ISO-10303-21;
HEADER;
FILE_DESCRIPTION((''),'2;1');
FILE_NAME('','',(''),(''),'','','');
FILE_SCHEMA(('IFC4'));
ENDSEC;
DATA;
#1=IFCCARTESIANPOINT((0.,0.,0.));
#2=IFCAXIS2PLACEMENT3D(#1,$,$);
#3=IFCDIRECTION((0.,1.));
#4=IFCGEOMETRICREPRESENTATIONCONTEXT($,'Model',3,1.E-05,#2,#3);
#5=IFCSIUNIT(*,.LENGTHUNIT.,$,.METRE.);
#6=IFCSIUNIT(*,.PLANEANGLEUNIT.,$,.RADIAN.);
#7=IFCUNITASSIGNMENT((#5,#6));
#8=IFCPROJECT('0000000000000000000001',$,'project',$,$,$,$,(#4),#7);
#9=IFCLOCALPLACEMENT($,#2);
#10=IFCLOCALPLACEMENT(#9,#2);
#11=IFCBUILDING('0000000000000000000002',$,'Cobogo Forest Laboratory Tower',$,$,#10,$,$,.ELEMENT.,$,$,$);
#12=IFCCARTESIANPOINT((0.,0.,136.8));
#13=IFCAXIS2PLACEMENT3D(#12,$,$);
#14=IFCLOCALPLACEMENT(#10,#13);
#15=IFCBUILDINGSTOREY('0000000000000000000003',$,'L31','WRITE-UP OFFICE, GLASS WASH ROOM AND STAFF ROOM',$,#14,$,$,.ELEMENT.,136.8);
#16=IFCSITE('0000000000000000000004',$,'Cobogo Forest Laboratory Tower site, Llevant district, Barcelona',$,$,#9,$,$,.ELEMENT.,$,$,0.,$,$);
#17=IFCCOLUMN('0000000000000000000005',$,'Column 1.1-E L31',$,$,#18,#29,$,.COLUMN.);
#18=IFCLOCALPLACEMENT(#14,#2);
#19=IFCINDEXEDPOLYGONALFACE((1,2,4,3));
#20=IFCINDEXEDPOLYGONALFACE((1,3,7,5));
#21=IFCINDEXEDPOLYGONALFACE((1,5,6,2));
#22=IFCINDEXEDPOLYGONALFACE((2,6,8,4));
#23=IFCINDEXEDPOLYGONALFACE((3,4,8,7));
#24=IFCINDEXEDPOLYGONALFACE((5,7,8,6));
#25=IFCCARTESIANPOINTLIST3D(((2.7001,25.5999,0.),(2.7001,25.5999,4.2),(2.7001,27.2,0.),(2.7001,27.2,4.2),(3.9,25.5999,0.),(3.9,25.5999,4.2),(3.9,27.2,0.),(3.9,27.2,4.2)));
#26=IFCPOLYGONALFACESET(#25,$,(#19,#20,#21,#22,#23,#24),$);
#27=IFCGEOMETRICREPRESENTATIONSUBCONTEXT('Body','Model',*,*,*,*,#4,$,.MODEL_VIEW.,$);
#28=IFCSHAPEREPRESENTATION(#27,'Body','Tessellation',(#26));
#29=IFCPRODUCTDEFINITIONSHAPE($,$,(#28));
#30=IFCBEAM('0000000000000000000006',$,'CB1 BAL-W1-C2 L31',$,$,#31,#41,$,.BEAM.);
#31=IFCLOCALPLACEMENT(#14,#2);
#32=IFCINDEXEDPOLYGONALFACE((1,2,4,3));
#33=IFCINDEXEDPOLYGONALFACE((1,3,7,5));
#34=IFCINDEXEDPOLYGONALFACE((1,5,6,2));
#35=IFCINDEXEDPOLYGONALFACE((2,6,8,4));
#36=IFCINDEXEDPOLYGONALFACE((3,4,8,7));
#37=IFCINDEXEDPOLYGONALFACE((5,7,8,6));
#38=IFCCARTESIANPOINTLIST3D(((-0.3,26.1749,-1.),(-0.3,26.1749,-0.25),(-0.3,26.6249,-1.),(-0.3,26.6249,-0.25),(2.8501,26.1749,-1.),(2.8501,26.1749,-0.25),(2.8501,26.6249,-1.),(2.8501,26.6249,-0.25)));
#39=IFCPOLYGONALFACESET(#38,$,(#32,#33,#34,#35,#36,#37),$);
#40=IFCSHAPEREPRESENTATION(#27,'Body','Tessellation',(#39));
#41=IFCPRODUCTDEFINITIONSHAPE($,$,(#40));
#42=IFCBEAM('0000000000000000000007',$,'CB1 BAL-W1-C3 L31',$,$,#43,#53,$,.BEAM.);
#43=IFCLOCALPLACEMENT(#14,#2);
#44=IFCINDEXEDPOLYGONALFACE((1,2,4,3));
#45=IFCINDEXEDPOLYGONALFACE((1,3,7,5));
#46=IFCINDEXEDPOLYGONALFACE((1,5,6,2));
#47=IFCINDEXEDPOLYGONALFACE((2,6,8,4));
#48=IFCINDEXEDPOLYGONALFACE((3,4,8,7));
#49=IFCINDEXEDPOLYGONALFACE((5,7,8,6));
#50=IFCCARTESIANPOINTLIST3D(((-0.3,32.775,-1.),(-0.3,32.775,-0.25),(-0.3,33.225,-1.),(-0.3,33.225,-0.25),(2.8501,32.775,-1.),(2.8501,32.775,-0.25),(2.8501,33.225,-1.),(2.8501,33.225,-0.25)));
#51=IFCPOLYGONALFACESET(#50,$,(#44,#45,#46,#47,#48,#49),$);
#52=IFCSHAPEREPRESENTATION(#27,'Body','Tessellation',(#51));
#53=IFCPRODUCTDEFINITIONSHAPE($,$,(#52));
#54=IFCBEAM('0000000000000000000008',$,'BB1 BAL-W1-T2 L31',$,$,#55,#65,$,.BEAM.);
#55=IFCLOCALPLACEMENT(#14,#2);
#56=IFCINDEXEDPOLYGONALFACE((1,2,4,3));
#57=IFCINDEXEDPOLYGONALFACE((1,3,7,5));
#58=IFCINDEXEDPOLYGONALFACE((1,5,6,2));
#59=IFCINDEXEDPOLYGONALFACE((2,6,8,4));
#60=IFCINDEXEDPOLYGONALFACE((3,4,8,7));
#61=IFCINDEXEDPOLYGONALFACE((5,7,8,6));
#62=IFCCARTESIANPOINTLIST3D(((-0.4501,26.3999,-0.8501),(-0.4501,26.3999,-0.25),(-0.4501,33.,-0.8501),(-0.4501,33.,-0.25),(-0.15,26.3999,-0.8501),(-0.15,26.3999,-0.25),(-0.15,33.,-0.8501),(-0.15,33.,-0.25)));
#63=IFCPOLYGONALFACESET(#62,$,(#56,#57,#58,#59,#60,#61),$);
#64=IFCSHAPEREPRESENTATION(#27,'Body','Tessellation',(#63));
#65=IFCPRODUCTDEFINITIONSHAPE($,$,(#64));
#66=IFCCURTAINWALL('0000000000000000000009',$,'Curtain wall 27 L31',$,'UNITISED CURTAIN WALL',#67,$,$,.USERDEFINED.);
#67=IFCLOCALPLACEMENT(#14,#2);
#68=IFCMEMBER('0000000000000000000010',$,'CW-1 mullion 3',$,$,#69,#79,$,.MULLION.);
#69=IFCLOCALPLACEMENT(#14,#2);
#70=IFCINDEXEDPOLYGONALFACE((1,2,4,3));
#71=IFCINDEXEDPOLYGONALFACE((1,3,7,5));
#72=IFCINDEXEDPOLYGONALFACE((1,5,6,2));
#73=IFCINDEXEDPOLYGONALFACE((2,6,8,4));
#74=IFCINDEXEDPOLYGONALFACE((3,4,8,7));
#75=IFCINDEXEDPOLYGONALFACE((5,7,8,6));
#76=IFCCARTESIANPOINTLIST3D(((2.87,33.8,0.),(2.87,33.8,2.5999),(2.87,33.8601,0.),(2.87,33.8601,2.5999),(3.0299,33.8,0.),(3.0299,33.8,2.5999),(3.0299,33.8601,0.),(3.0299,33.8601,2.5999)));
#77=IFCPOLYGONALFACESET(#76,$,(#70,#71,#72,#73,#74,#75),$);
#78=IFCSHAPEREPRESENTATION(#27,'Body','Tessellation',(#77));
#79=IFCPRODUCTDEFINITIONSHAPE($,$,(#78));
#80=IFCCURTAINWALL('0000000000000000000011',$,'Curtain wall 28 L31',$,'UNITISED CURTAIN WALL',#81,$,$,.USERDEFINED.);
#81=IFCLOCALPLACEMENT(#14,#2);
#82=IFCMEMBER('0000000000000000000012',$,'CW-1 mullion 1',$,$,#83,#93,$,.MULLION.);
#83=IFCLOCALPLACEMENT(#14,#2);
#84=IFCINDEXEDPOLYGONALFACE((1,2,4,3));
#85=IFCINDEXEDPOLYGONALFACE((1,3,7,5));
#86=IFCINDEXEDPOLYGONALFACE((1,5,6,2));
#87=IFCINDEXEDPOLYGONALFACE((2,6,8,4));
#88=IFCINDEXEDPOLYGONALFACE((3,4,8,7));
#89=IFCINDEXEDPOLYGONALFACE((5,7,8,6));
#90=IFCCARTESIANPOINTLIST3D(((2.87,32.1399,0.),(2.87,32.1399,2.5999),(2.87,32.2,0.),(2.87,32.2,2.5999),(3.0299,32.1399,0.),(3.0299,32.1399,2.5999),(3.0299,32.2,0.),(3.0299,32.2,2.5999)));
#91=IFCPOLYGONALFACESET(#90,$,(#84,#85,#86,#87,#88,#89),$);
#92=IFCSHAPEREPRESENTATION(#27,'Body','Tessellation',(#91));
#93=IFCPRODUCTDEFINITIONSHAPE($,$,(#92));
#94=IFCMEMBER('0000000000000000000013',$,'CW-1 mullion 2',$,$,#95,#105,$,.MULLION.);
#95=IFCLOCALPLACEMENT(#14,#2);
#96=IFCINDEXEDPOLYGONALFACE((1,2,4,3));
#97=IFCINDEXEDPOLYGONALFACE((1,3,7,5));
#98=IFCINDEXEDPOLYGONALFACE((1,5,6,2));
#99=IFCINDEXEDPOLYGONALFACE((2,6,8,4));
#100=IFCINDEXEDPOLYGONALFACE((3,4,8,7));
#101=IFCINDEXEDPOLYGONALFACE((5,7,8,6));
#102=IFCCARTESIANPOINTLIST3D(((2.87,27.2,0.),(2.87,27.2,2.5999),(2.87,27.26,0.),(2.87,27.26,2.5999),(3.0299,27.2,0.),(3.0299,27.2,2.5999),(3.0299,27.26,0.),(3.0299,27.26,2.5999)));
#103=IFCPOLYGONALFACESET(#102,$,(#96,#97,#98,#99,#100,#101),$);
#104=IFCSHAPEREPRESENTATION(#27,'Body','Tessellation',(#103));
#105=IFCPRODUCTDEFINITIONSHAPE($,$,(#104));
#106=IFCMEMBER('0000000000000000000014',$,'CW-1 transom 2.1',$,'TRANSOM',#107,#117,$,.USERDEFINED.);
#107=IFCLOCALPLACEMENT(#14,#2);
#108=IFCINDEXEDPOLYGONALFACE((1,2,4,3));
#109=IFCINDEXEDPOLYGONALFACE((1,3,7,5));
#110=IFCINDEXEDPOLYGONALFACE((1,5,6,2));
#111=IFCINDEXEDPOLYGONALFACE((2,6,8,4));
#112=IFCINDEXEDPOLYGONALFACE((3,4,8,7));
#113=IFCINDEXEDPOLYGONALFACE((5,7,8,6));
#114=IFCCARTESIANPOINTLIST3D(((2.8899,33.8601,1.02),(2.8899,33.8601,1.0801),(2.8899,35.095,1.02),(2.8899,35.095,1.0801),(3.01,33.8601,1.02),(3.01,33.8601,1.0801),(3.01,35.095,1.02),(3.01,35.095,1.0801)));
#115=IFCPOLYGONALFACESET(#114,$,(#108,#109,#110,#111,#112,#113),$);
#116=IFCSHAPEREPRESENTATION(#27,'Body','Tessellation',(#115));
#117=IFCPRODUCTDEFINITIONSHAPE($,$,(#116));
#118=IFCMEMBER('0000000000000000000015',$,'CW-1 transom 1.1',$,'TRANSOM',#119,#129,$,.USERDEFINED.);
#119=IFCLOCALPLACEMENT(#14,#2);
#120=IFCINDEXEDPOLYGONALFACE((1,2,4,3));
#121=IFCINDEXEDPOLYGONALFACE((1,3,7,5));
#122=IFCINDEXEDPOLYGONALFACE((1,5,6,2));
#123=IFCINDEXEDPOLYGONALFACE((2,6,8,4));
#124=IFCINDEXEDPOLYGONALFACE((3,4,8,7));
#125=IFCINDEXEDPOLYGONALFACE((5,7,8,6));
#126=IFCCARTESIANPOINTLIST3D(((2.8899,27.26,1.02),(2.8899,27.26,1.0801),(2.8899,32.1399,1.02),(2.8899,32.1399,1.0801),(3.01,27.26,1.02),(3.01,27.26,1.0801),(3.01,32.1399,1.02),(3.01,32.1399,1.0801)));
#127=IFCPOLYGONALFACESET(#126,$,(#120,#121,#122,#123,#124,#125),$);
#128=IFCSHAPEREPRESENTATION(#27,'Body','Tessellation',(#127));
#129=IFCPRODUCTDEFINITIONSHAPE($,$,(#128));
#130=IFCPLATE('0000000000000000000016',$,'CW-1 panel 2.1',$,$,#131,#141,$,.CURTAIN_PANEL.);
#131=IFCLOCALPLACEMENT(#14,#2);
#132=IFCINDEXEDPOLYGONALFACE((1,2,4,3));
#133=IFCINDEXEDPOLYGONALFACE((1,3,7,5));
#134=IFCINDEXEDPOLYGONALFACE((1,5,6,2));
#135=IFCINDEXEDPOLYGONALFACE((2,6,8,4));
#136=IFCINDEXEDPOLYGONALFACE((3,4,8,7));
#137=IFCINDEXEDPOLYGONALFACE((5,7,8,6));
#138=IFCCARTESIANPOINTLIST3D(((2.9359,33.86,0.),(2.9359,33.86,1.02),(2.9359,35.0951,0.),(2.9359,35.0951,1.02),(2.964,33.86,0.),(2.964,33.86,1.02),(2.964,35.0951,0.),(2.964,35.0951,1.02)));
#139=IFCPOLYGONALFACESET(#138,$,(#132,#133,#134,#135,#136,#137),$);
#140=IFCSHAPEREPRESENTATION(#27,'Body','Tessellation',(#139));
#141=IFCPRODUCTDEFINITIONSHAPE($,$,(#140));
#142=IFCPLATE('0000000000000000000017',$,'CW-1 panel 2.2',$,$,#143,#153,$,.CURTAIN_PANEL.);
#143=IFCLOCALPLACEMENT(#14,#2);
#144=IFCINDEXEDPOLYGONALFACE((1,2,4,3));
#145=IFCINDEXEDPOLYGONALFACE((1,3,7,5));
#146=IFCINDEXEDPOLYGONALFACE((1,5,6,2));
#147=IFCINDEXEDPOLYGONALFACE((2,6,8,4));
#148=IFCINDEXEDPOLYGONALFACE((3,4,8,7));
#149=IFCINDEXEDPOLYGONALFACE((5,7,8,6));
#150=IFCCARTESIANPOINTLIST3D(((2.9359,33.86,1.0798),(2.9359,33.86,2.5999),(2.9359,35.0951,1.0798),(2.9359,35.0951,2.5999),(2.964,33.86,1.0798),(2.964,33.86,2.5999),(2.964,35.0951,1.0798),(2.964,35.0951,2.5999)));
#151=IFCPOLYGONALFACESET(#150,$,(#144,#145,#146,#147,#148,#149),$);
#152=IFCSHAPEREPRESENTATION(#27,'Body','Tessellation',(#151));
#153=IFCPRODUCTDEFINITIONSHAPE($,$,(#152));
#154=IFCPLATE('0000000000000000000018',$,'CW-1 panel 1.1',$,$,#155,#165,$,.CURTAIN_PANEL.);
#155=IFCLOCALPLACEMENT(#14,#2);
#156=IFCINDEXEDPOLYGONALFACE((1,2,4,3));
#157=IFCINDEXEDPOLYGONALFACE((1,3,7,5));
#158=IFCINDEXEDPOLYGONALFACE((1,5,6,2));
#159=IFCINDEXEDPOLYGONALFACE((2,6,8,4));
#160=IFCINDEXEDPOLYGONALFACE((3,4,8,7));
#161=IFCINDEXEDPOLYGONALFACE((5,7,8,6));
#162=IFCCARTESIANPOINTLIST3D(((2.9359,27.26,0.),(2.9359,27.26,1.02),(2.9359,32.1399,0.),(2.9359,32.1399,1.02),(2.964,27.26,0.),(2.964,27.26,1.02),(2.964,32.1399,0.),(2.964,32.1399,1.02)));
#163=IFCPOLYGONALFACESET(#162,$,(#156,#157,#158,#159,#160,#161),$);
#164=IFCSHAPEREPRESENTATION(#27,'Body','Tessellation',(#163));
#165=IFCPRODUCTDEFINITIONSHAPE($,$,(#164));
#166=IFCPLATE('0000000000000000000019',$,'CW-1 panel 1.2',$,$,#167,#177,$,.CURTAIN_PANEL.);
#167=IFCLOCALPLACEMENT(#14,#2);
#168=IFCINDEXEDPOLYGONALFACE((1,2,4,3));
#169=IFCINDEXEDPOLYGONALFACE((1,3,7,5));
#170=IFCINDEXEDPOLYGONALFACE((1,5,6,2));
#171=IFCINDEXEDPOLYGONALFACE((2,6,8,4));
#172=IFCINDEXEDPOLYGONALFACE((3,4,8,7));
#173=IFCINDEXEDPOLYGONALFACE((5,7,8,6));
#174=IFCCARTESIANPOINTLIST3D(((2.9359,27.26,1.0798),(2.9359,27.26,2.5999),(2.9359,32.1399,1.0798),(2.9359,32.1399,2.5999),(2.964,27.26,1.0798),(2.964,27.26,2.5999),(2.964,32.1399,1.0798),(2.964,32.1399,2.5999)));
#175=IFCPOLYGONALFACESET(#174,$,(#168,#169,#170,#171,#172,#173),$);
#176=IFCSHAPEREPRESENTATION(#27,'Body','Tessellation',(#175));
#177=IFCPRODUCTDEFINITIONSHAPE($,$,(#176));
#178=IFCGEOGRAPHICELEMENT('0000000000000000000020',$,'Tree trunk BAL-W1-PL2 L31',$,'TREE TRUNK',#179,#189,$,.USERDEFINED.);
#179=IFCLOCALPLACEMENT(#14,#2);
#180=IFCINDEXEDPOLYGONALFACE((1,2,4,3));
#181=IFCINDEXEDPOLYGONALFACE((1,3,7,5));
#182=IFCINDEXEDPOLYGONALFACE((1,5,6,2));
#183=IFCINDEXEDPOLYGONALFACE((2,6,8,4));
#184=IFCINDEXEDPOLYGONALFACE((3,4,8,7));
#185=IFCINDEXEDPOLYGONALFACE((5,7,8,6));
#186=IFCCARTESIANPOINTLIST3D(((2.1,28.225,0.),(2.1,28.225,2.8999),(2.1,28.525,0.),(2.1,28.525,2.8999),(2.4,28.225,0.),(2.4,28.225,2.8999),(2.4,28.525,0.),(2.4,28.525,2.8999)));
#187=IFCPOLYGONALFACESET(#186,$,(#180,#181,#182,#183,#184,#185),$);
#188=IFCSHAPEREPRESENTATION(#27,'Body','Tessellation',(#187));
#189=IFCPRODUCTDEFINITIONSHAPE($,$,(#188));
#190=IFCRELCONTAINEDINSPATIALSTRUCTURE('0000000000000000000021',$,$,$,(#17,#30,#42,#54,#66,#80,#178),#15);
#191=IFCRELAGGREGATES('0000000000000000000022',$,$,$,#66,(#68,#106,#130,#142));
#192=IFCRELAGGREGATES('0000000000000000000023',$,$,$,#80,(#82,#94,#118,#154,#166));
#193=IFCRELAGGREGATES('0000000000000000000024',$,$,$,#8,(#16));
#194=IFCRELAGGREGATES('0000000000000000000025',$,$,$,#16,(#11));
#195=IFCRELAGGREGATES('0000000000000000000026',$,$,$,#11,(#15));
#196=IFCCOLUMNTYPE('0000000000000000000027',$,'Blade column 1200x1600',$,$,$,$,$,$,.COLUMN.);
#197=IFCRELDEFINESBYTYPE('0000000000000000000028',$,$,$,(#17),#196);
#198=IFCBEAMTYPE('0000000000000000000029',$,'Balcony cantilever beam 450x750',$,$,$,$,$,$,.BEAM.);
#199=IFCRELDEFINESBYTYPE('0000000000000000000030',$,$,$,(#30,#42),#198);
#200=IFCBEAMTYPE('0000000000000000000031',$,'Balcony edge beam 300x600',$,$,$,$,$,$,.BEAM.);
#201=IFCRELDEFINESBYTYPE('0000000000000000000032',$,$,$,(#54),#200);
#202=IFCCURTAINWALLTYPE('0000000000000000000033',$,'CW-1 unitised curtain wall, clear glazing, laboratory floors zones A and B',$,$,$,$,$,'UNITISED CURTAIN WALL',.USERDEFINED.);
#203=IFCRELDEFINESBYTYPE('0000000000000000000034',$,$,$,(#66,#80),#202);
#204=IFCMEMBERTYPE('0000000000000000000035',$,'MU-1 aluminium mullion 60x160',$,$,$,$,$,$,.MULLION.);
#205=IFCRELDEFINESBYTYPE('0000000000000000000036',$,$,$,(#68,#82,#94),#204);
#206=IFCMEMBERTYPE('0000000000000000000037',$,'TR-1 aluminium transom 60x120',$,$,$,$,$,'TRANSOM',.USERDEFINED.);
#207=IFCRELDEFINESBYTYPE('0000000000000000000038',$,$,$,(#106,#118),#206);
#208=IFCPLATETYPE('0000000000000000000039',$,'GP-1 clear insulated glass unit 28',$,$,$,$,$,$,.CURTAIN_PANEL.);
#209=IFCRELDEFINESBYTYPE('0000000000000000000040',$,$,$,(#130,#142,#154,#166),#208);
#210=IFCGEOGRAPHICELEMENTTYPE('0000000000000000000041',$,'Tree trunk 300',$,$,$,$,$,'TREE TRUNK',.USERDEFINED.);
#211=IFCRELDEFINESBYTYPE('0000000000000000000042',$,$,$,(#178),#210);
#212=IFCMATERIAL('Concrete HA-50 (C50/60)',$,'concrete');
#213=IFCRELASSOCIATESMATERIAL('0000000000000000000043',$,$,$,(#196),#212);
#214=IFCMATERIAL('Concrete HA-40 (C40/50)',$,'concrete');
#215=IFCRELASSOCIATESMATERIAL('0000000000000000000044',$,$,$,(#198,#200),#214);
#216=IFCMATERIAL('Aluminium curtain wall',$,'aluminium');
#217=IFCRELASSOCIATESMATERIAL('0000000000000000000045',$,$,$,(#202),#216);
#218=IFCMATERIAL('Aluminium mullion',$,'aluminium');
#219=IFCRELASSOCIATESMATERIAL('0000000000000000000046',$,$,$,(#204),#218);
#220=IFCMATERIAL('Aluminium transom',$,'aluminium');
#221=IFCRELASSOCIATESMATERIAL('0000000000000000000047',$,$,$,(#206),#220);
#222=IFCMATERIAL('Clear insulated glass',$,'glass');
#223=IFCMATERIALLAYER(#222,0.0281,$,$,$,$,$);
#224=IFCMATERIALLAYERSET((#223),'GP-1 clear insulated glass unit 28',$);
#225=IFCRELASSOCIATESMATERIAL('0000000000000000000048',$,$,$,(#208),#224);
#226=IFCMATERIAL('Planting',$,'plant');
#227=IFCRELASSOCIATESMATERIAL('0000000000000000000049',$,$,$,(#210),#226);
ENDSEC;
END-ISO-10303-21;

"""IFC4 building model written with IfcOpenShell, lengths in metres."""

from ifc_helpers import new_model, si_unit, direction, frame, origin, origin_2d, place, context, subcontext, project, spatial, rectangle, extrude, material, layer, layer_set, material_profile, profile_set, type_object, element, aggregate, save


model = new_model("IFC4")

# Units and contexts
model_context = context("Model", 3, precision=1e-05, world=origin(), true_north=direction((0.0, 1.0)))
body_context = subcontext(model_context, "Body", "Model", "MODEL_VIEW")
ifc_project = project(units=[si_unit("LENGTHUNIT", "METRE"), si_unit("PLANEANGLEUNIT", "RADIAN")], contexts=[model_context])

# Site, building, storey
site_placement = place(None, origin())
site = spatial("IfcSite", under=ifc_project, at=site_placement, Name="Cobogo Forest Laboratory Tower site, Llevant district, Barcelona", CompositionType="ELEMENT", RefElevation=0.0)
building_placement = place(site_placement, origin())
building = spatial("IfcBuilding", under=site, at=building_placement, Name="Cobogo Forest Laboratory Tower", CompositionType="ELEMENT")
storey_placement = place(building_placement, frame((0.0, 0.0, 136.8)))
storey = spatial("IfcBuildingStorey", under=building, at=storey_placement, Name="L31", Description="WRITE-UP OFFICE, GLASS WASH ROOM AND STAFF ROOM", CompositionType="ELEMENT", Elevation=136.8)

# Column
ifc_material_1 = material(Name="Concrete HA-50 (C50/60)", Category="concrete")
ifc_material_profile_1 = material_profile(ifc_material_1, rectangle(XDim=1.6001, YDim=1.2, at=origin_2d()), Name="RC 1200x1600")
ifc_profile_set_1 = profile_set([ifc_material_profile_1], Name="Concrete HA-50 (C50/60)")
column_type = type_object("IfcColumnType", Name="Blade column 1200x1600", PredefinedType="COLUMN", material=ifc_profile_set_1)
column_placement = place(storey_placement, frame((3.3, 26.3999, 0.0), z_axis=(0.0, 0.0, 1.0), x_axis=(0.0, 1.0, 0.0)))
element("IfcColumn", 1, at=column_placement, inside=storey, type_object=column_type, Name="Column 1.1-E L31", PredefinedType="COLUMN", context=body_context, shape_type="SweptSolid", body=[
    extrude(rectangle(XDim=1.6001, YDim=1.2, at=origin_2d()), origin(), (0.0, 0.0, 1.0), 4.2),
])

# Beams
ifc_material_2 = material(Name="Concrete HA-40 (C40/50)", Category="concrete")
ifc_material_profile_2 = material_profile(ifc_material_2, rectangle(XDim=0.45, YDim=0.75, at=origin_2d()), Name="RC 450x750")
ifc_profile_set_2 = profile_set([ifc_material_profile_2], Name="Concrete HA-40 (C40/50)")
beam_type_1 = type_object("IfcBeamType", Name="Balcony cantilever beam 450x750", PredefinedType="BEAM", material=ifc_profile_set_2)
for number, where, z_axis, x_axis, name in (
    (2, (2.8501, 26.3999, -0.625), (-1.0, 0.0, 0.0), (0.0, -1.0, 0.0), "CB1 BAL-W1-C2 L31"),
    (3, (2.8501, 33.0, -0.625), (-1.0, 0.0, 0.0), (0.0, -1.0, 0.0), "CB1 BAL-W1-C3 L31"),
):
    element("IfcBeam", number, at=place(storey_placement, frame(where, z_axis=z_axis, x_axis=x_axis)), inside=storey, type_object=beam_type_1, Name=name, PredefinedType="BEAM", context=body_context, shape_type="SweptSolid", body=[
        extrude(rectangle(XDim=0.45, YDim=0.75, at=origin_2d()), origin(), (0.0, 0.0, 1.0), 3.1501),
    ])
ifc_material_profile_3 = material_profile(ifc_material_2, rectangle(XDim=0.3, YDim=0.6001, at=origin_2d()), Name="RC 300x600")
ifc_profile_set_3 = profile_set([ifc_material_profile_3], Name="Concrete HA-40 (C40/50)")
beam_type_2 = type_object("IfcBeamType", Name="Balcony edge beam 300x600", PredefinedType="BEAM", material=ifc_profile_set_3)
beam_placement = place(storey_placement, frame((-0.3, 26.3999, -0.55), z_axis=(0.0, 1.0, 0.0), x_axis=(-1.0, 0.0, 0.0)))
element("IfcBeam", 4, at=beam_placement, inside=storey, type_object=beam_type_2, Name="BB1 BAL-W1-T2 L31", PredefinedType="BEAM", context=body_context, shape_type="SweptSolid", body=[
    extrude(rectangle(XDim=0.3, YDim=0.6001, at=origin_2d()), origin(), (0.0, 0.0, 1.0), 6.6001),
])

# Curtain wall, member
ifc_material_3 = material(Name="Aluminium curtain wall", Category="aluminium")
curtain_wall_type = type_object("IfcCurtainWallType", Name="CW-1 unitised curtain wall, clear glazing, laboratory floors zones A and B", ElementType="UNITISED CURTAIN WALL", PredefinedType="USERDEFINED", material=ifc_material_3)
curtain_wall_1_placement = place(storey_placement, origin())
curtain_wall_1 = element("IfcCurtainWall", 5, at=curtain_wall_1_placement, inside=storey, type_object=curtain_wall_type, Name="Curtain wall 27 L31", ObjectType="UNITISED CURTAIN WALL", PredefinedType="USERDEFINED")
ifc_material_4 = material(Name="Aluminium mullion", Category="aluminium")
ifc_material_profile_4 = material_profile(ifc_material_4, rectangle(XDim=0.0601, YDim=0.1599, at=origin_2d()), Name="AL 60x160")
ifc_profile_set_4 = profile_set([ifc_material_profile_4], Name="Aluminium mullion")
member_type_1 = type_object("IfcMemberType", Name="MU-1 aluminium mullion 60x160", PredefinedType="MULLION", material=ifc_profile_set_4)
member_1_placement = place(storey_placement, frame((2.95, 33.8301, 0.0), z_axis=(0.0, 0.0, 1.0), x_axis=(0.0, -1.0, 0.0)))
member_1 = element("IfcMember", 6, at=member_1_placement, type_object=member_type_1, Name="CW-1 mullion 3", PredefinedType="MULLION", context=body_context, shape_type="SweptSolid", body=[
    extrude(rectangle(XDim=0.0601, YDim=0.1599, at=origin_2d()), origin(), (0.0, 0.0, 1.0), 2.5999),
])

# Curtain wall, members
curtain_wall_2_placement = place(storey_placement, origin())
curtain_wall_2 = element("IfcCurtainWall", 7, at=curtain_wall_2_placement, inside=storey, type_object=curtain_wall_type, Name="Curtain wall 28 L31", ObjectType="UNITISED CURTAIN WALL", PredefinedType="USERDEFINED")
member_2_placement = place(storey_placement, frame((2.95, 32.1699, 0.0), z_axis=(0.0, 0.0, 1.0), x_axis=(0.0, -1.0, 0.0)))
member_2 = element("IfcMember", 8, at=member_2_placement, type_object=member_type_1, Name="CW-1 mullion 1", PredefinedType="MULLION", context=body_context, shape_type="SweptSolid", body=[
    extrude(rectangle(XDim=0.0601, YDim=0.1599, at=origin_2d()), origin(), (0.0, 0.0, 1.0), 2.5999),
])
member_3_placement = place(storey_placement, frame((2.95, 27.23, 0.0), z_axis=(0.0, 0.0, 1.0), x_axis=(0.0, -1.0, 0.0)))
member_3 = element("IfcMember", 9, at=member_3_placement, type_object=member_type_1, Name="CW-1 mullion 2", PredefinedType="MULLION", context=body_context, shape_type="SweptSolid", body=[
    extrude(rectangle(XDim=0.0601, YDim=0.1599, at=origin_2d()), origin(), (0.0, 0.0, 1.0), 2.5999),
])

# Members
ifc_material_5 = material(Name="Aluminium transom", Category="aluminium")
ifc_material_profile_5 = material_profile(ifc_material_5, rectangle(XDim=0.1201, YDim=0.0601, at=origin_2d()), Name="AL 60x120")
ifc_profile_set_5 = profile_set([ifc_material_profile_5], Name="Aluminium transom")
member_type_2 = type_object("IfcMemberType", Name="TR-1 aluminium transom 60x120", ElementType="TRANSOM", PredefinedType="USERDEFINED", material=ifc_profile_set_5)
member_4_placement = place(storey_placement, frame((2.95, 35.095, 1.05), z_axis=(0.0, -1.0, 0.0), x_axis=(1.0, 0.0, 0.0)))
member_4 = element("IfcMember", 10, at=member_4_placement, type_object=member_type_2, Name="CW-1 transom 2.1", ObjectType="TRANSOM", PredefinedType="USERDEFINED", context=body_context, shape_type="SweptSolid", body=[
    extrude(rectangle(XDim=0.1201, YDim=0.0601, at=origin_2d()), origin(), (0.0, 0.0, 1.0), 1.2349),
])
member_5_placement = place(storey_placement, frame((2.95, 32.1399, 1.05), z_axis=(0.0, -1.0, 0.0), x_axis=(1.0, 0.0, 0.0)))
member_5 = element("IfcMember", 11, at=member_5_placement, type_object=member_type_2, Name="CW-1 transom 1.1", ObjectType="TRANSOM", PredefinedType="USERDEFINED", context=body_context, shape_type="SweptSolid", body=[
    extrude(rectangle(XDim=0.1201, YDim=0.0601, at=origin_2d()), origin(), (0.0, 0.0, 1.0), 4.8799),
])

# Plates
ifc_material_6 = material(Name="Clear insulated glass", Category="glass")
ifc_layer_1 = layer(ifc_material_6, 0.0281)
ifc_layer_set_1 = layer_set([ifc_layer_1], Name="GP-1 clear insulated glass unit 28")
plate_type_1 = type_object("IfcPlateType", Name="GP-1 clear insulated glass unit 28", PredefinedType="CURTAIN_PANEL", material=ifc_layer_set_1)
plate_1_placement = place(storey_placement, frame((2.95, 34.4775, 0.0), z_axis=(0.0, 0.0, 1.0), x_axis=(0.0, -1.0, 0.0)))
plate_1 = element("IfcPlate", 12, at=plate_1_placement, type_object=plate_type_1, Name="CW-1 panel 2.1", PredefinedType="CURTAIN_PANEL", context=body_context, shape_type="SweptSolid", body=[
    extrude(rectangle(XDim=1.2351, YDim=0.0281, at=origin_2d()), origin(), (0.0, 0.0, 1.0), 1.02),
])
plate_2_placement = place(storey_placement, frame((2.95, 34.4775, 1.0798), z_axis=(0.0, 0.0, 1.0), x_axis=(0.0, -1.0, 0.0)))
plate_2 = element("IfcPlate", 13, at=plate_2_placement, type_object=plate_type_1, Name="CW-1 panel 2.2", PredefinedType="CURTAIN_PANEL", context=body_context, shape_type="SweptSolid", body=[
    extrude(rectangle(XDim=1.2351, YDim=0.0281, at=origin_2d()), origin(), (0.0, 0.0, 1.0), 1.52),
])
aggregate(curtain_wall_1, [member_1, member_4, plate_1, plate_2])
plate_3_placement = place(storey_placement, frame((2.95, 29.7, 0.0), z_axis=(0.0, 0.0, 1.0), x_axis=(0.0, -1.0, 0.0)))
plate_3 = element("IfcPlate", 14, at=plate_3_placement, type_object=plate_type_1, Name="CW-1 panel 1.1", PredefinedType="CURTAIN_PANEL", context=body_context, shape_type="SweptSolid", body=[
    extrude(rectangle(XDim=4.8799, YDim=0.0281, at=origin_2d()), origin(), (0.0, 0.0, 1.0), 1.02),
])
plate_4_placement = place(storey_placement, frame((2.95, 29.7, 1.0798), z_axis=(0.0, 0.0, 1.0), x_axis=(0.0, -1.0, 0.0)))
plate_4 = element("IfcPlate", 15, at=plate_4_placement, type_object=plate_type_1, Name="CW-1 panel 1.2", PredefinedType="CURTAIN_PANEL", context=body_context, shape_type="SweptSolid", body=[
    extrude(rectangle(XDim=4.8799, YDim=0.0281, at=origin_2d()), origin(), (0.0, 0.0, 1.0), 1.52),
])
aggregate(curtain_wall_2, [member_2, member_3, member_5, plate_3, plate_4])

# Geographic element
ifc_material_7 = material(Name="Planting", Category="plant")
geographic_element_type = type_object("IfcGeographicElementType", Name="Tree trunk 300", ElementType="TREE TRUNK", PredefinedType="USERDEFINED", material=ifc_material_7)
geographic_element_placement = place(storey_placement, frame((2.25, 28.375, 0.0), z_axis=(0.0, 0.0, 1.0), x_axis=(1.0, 0.0, 0.0)))
element("IfcGeographicElement", 16, at=geographic_element_placement, inside=storey, type_object=geographic_element_type, Name="Tree trunk BAL-W1-PL2 L31", ObjectType="TREE TRUNK", PredefinedType="USERDEFINED", context=body_context, shape_type="SweptSolid", body=[
    extrude(rectangle(XDim=0.3, YDim=0.3, at=origin_2d()), origin(), (0.0, 0.0, 1.0), 2.8999),
])

save(model, "model.ifc")
